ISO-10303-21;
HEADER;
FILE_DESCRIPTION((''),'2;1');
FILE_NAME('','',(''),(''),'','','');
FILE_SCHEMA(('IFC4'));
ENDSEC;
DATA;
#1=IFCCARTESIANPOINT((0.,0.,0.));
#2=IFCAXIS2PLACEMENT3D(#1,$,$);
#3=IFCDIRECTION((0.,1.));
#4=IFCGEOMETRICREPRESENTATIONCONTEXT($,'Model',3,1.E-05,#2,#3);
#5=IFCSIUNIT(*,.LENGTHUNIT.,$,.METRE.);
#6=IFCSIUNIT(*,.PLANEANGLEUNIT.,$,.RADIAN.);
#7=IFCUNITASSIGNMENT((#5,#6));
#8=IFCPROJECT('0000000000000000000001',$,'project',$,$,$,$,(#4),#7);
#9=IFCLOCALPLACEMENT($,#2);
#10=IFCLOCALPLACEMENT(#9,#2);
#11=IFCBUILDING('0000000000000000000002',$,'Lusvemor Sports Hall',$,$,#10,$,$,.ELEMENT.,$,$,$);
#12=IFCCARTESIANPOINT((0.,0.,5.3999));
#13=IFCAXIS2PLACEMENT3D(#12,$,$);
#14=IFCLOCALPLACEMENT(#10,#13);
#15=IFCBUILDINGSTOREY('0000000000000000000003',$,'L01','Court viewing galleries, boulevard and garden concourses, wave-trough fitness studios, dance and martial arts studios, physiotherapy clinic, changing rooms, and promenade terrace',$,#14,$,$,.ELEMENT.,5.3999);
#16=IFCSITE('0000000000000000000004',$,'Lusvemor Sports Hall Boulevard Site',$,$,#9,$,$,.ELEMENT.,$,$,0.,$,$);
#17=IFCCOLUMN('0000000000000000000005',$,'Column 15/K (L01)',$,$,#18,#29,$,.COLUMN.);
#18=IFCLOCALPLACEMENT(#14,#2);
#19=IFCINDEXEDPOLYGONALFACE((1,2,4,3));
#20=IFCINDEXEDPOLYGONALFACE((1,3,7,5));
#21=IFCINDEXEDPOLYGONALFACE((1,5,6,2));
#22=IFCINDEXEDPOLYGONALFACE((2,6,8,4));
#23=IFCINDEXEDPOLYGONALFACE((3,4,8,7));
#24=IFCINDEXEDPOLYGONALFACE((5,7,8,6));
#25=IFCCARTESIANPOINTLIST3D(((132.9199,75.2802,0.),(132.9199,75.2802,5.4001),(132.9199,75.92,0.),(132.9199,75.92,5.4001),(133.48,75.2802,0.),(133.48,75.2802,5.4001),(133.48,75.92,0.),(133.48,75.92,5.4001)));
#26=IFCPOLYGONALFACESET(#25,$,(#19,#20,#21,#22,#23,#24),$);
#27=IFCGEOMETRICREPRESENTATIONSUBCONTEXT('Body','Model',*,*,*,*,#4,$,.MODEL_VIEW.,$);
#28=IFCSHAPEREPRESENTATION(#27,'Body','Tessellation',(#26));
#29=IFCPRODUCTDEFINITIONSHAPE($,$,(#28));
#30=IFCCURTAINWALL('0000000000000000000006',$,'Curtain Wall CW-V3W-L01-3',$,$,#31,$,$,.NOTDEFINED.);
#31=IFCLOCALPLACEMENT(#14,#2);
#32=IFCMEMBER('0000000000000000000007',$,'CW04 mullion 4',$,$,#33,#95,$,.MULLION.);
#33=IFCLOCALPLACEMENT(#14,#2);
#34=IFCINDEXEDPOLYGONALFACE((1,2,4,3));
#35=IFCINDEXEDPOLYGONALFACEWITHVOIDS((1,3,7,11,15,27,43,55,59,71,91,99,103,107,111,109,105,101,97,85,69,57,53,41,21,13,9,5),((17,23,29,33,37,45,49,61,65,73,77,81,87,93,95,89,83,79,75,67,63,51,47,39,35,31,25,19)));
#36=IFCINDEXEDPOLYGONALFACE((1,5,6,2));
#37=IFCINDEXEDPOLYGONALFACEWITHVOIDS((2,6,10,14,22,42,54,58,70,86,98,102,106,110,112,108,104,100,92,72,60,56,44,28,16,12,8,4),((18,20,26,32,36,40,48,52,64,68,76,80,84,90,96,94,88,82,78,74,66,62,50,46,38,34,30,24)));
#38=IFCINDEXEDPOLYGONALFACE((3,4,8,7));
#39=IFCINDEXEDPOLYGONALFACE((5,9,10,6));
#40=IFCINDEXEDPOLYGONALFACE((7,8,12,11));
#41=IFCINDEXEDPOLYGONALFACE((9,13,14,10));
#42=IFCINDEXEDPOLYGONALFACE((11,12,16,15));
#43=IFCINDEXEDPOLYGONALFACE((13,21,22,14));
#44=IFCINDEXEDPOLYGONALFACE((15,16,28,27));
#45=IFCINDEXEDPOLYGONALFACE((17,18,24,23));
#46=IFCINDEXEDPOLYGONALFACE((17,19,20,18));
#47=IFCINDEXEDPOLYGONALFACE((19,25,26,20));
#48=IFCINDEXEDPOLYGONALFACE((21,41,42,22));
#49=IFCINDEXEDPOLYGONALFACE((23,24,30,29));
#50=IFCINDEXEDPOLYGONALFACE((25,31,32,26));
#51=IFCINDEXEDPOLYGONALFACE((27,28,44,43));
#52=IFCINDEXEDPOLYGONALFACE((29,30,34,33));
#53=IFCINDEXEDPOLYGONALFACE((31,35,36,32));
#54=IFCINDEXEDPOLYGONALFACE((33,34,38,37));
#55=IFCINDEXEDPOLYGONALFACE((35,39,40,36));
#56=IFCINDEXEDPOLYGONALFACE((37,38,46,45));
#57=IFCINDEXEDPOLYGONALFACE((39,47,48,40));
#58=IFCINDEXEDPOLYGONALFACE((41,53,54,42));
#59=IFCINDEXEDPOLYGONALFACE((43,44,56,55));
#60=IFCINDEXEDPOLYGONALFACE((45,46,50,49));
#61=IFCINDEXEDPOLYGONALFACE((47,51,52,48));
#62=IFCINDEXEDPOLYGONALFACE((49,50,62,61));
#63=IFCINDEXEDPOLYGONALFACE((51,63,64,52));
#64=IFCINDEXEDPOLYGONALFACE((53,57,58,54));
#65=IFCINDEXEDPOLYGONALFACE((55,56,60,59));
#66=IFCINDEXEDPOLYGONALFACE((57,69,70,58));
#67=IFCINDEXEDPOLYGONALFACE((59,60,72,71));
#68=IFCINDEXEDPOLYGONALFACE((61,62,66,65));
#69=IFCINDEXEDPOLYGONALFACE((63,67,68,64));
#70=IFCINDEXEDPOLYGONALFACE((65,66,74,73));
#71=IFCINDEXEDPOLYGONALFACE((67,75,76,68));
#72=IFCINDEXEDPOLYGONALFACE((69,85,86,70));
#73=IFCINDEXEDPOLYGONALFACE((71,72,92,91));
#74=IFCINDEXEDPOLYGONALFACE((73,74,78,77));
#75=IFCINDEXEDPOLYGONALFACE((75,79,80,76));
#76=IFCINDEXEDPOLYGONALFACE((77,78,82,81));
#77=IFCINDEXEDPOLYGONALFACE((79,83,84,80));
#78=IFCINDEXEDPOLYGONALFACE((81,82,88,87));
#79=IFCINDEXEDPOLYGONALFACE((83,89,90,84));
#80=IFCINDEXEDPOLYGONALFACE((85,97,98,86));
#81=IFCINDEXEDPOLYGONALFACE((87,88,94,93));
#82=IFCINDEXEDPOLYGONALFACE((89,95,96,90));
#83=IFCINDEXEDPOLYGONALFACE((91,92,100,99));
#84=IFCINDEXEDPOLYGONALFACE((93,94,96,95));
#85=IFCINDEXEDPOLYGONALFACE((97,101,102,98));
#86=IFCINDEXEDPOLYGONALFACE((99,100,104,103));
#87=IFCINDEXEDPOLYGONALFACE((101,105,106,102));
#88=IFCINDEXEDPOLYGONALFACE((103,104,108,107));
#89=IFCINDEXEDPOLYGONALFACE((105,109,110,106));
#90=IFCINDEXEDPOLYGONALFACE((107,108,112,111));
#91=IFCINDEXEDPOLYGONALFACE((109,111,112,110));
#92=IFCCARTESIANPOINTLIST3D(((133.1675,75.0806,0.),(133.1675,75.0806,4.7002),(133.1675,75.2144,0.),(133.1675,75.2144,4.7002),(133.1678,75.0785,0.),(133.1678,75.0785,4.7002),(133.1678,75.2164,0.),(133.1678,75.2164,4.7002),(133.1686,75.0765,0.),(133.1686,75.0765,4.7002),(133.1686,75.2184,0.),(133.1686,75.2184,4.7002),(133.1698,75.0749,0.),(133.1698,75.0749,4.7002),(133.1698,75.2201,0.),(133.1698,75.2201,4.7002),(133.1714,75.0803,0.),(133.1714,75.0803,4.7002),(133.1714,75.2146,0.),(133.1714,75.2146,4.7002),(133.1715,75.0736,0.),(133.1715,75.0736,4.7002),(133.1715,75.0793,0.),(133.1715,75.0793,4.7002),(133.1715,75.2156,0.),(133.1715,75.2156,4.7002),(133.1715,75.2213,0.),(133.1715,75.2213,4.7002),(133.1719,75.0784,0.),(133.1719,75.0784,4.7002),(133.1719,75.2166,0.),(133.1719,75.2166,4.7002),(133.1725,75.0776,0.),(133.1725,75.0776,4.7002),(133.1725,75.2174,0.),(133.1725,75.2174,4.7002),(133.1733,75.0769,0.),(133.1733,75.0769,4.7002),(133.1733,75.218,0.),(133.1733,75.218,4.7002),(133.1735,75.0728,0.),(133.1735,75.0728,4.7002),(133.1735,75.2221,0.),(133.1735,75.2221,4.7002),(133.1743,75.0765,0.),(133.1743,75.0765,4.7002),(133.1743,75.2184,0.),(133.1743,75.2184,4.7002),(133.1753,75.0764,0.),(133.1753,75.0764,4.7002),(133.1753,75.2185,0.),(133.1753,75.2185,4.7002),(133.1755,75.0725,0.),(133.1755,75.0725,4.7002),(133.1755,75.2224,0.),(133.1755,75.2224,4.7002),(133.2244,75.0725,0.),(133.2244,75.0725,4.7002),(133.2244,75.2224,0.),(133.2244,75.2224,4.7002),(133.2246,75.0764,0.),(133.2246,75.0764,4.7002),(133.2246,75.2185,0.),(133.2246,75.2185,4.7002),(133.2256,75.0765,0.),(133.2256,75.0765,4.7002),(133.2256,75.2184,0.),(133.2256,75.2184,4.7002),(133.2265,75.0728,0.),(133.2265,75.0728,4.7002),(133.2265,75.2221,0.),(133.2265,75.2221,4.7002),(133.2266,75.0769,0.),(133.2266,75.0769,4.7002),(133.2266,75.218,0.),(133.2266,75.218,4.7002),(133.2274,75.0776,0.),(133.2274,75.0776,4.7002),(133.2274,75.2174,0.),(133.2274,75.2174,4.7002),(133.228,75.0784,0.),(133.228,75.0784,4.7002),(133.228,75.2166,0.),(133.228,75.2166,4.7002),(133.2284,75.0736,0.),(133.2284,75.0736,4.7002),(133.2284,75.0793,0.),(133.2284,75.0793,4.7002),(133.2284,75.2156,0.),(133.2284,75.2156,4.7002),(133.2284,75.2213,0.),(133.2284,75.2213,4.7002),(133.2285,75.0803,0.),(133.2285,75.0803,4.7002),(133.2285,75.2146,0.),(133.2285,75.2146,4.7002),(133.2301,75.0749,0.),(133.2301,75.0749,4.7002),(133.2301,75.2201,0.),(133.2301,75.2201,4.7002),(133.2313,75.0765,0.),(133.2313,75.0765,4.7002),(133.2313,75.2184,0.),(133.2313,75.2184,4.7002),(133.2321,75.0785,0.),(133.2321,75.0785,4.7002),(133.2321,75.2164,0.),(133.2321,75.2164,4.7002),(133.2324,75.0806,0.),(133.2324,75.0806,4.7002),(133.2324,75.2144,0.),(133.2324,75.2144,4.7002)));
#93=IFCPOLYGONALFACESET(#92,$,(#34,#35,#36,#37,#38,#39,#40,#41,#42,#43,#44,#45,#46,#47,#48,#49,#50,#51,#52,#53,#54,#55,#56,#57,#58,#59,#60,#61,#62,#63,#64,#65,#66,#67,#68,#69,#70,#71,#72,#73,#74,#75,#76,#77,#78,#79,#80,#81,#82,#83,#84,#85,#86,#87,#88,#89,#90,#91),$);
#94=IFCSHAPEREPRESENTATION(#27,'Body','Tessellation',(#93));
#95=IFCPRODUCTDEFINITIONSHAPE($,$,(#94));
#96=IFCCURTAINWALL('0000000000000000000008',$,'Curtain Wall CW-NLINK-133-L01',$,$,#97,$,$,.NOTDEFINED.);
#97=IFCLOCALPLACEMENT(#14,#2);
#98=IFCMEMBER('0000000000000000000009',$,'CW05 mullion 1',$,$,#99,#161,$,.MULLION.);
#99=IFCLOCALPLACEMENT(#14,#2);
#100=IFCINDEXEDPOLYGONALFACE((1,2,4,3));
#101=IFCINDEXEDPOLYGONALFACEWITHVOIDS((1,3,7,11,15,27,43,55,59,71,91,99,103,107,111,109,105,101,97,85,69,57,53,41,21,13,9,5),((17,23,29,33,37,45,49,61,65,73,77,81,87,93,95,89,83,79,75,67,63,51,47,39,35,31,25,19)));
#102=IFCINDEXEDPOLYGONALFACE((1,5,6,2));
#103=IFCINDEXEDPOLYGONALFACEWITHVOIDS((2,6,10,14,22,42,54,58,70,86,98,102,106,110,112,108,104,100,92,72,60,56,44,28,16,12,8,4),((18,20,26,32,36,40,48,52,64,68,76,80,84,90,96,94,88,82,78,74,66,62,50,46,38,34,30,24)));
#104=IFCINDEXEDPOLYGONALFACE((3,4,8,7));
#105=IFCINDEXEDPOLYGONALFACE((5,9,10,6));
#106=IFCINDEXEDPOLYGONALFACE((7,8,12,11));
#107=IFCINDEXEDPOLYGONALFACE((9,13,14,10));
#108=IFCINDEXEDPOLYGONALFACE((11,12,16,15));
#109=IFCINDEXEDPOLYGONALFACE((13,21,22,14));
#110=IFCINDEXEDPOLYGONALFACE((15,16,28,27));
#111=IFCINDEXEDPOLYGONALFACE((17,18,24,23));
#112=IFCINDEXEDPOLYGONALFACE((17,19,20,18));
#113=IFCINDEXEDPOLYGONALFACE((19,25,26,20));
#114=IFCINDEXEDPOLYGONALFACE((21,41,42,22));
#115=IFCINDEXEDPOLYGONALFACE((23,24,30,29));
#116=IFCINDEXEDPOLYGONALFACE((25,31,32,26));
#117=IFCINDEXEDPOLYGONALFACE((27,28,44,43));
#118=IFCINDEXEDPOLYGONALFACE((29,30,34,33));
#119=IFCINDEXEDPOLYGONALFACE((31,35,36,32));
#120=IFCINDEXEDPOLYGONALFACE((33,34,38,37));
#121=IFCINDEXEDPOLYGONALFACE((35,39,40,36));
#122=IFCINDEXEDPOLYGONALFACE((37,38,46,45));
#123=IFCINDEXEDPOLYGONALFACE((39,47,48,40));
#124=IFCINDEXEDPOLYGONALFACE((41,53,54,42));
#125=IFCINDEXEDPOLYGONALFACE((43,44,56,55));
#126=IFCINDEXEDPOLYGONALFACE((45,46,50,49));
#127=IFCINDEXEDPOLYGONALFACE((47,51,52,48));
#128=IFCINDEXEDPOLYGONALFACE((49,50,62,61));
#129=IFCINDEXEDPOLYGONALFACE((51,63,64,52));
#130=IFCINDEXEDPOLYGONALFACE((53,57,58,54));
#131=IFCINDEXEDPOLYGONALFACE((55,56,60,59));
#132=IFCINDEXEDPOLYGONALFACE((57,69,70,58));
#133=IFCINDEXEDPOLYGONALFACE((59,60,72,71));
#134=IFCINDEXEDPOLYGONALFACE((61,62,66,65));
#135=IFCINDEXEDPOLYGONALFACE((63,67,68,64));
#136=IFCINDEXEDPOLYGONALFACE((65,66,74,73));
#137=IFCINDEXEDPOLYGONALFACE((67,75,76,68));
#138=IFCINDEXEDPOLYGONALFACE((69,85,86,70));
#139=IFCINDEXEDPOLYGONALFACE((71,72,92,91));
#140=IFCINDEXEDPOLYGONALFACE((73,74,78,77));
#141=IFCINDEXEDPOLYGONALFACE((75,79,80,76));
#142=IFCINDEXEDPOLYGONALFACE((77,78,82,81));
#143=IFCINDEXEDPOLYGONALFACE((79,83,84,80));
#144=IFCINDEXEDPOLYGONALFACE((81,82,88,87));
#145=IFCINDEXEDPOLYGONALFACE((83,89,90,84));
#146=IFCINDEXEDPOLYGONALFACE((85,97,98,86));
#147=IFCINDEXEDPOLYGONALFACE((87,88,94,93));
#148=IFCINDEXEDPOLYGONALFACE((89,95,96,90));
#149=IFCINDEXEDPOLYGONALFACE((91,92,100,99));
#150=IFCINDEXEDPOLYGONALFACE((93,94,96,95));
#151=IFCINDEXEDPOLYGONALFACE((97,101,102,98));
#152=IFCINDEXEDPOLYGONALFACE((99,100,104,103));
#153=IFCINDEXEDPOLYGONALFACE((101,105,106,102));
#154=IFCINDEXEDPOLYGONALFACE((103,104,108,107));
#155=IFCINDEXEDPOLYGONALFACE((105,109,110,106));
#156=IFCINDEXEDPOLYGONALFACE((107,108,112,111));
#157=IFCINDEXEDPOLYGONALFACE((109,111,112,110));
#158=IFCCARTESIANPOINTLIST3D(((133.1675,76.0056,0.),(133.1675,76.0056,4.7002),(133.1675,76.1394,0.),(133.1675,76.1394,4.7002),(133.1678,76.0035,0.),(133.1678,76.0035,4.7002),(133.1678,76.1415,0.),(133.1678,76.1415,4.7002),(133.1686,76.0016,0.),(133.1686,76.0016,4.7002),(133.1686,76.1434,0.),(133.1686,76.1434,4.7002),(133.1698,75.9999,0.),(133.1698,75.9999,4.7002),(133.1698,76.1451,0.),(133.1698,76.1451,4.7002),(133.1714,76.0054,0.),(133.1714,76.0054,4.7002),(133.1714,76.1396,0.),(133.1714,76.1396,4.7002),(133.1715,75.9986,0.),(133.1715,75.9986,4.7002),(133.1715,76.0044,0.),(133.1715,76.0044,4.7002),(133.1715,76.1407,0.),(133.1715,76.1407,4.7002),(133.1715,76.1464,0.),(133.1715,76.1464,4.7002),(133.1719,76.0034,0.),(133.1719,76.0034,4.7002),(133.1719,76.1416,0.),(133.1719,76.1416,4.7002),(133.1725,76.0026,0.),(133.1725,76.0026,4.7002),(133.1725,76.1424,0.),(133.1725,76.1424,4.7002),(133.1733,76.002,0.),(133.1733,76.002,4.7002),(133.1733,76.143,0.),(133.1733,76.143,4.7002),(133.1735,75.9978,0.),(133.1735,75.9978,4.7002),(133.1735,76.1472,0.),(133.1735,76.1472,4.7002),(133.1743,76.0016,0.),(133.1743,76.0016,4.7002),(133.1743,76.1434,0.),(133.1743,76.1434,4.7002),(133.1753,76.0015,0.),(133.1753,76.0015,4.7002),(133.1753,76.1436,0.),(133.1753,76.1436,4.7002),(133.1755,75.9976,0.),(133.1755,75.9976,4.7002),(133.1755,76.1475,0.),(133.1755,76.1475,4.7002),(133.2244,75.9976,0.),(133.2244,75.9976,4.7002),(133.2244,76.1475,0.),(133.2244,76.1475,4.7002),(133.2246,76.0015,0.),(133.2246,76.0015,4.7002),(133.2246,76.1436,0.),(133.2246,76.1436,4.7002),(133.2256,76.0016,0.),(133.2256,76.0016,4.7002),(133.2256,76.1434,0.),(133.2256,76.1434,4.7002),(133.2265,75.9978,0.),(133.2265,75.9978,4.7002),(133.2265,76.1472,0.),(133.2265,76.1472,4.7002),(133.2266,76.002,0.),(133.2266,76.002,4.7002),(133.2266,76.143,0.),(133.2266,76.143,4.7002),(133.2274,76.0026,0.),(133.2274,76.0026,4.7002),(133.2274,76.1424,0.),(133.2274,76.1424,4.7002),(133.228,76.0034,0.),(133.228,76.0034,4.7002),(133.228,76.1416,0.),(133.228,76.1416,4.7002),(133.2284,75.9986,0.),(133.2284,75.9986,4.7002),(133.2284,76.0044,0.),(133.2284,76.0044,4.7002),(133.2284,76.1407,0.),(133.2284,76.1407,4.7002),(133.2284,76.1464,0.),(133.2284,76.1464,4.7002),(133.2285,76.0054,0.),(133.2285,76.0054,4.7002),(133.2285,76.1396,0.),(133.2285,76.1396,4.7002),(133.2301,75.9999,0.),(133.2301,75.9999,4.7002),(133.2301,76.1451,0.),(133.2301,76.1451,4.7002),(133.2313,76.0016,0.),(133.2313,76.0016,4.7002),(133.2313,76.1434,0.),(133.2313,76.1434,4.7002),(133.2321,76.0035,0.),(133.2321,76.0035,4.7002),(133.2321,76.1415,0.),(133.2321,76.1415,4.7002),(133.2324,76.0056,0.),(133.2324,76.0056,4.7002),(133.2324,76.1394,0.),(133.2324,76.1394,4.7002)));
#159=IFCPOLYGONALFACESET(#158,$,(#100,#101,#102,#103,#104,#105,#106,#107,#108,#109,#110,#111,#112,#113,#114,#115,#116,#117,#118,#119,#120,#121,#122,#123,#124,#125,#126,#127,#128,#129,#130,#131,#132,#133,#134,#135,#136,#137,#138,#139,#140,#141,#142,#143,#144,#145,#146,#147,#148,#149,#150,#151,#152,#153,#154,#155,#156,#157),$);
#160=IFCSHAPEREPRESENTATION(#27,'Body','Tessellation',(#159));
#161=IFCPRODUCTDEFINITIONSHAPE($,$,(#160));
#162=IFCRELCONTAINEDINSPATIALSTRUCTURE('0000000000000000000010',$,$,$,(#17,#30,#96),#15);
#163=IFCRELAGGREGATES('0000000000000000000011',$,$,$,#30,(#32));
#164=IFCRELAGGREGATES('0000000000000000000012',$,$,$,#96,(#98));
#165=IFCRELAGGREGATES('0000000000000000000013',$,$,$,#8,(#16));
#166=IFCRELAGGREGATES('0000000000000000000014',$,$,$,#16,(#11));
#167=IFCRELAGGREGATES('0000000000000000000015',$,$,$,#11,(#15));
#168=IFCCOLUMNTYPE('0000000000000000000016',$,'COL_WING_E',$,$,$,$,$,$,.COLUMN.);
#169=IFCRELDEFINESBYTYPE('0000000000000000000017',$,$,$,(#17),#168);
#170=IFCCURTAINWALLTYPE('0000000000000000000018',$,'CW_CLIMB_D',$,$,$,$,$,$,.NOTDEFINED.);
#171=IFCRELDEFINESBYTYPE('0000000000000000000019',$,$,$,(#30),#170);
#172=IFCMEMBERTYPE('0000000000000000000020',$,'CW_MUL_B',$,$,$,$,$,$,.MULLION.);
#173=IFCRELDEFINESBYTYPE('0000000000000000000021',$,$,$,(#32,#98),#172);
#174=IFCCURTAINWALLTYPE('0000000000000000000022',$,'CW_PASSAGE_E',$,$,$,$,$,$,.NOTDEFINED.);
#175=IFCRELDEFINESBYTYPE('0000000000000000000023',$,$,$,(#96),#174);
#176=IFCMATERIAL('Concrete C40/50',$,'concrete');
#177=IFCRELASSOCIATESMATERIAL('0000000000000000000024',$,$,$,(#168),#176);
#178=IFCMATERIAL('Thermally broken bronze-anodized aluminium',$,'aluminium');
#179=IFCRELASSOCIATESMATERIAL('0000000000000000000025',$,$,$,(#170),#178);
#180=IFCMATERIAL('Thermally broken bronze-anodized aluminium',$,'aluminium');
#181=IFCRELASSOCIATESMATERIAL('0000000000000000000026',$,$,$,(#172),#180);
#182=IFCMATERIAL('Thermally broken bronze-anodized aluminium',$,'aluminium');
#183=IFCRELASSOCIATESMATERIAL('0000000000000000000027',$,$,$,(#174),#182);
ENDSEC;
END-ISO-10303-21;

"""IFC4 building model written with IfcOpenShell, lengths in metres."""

from ifc_helpers import new_model, si_unit, direction, frame, origin, origin_2d, place, context, subcontext, project, spatial, rectangle, hollow_rectangle, extrude, material, material_profile, profile_set, type_object, element, aggregate, save


model = new_model("IFC4")

# Units and contexts
model_context = context("Model", 3, precision=1e-05, world=origin(), true_north=direction((0.0, 1.0)))
body_context = subcontext(model_context, "Body", "Model", "MODEL_VIEW")
ifc_project = project(units=[si_unit("LENGTHUNIT", "METRE"), si_unit("PLANEANGLEUNIT", "RADIAN")], contexts=[model_context])

# Site, building, storey
site_placement = place(None, origin())
site = spatial("IfcSite", under=ifc_project, at=site_placement, Name="Lusvemor Sports Hall Boulevard Site", CompositionType="ELEMENT", RefElevation=0.0)
building_placement = place(site_placement, origin())
building = spatial("IfcBuilding", under=site, at=building_placement, Name="Lusvemor Sports Hall", CompositionType="ELEMENT")
storey_placement = place(building_placement, frame((0.0, 0.0, 5.3999)))
storey = spatial("IfcBuildingStorey", under=building, at=storey_placement, Name="L01", Description="Court viewing galleries, boulevard and garden concourses, wave-trough fitness studios, dance and martial arts studios, physiotherapy clinic, changing rooms, and promenade terrace", CompositionType="ELEMENT", Elevation=5.3999)

# Column
ifc_material_1 = material(Name="Concrete C40/50", Category="concrete")
ifc_material_profile_1 = material_profile(ifc_material_1, rectangle(XDim=0.5601, YDim=0.6399, at=origin_2d()), Name="RC560x640")
ifc_profile_set_1 = profile_set([ifc_material_profile_1], Name="Concrete C40/50")
column_type = type_object("IfcColumnType", Name="COL_WING_E", PredefinedType="COLUMN", material=ifc_profile_set_1)
column_placement = place(storey_placement, frame((133.2, 75.6001, 0.0), z_axis=(0.0, 0.0, 1.0), x_axis=(1.0, 0.0, 0.0)))
element("IfcColumn", 1, at=column_placement, inside=storey, type_object=column_type, Name="Column 15/K (L01)", PredefinedType="COLUMN", context=body_context, shape_type="SweptSolid", body=[
    extrude(rectangle(XDim=0.5601, YDim=0.6399, at=origin_2d()), origin(), (0.0, 0.0, 1.0), 5.4001),
])

# Curtain wall, member
ifc_material_2 = material(Name="Thermally broken bronze-anodized aluminium", Category="aluminium")
curtain_wall_type_1 = type_object("IfcCurtainWallType", Name="CW_CLIMB_D", PredefinedType="NOTDEFINED", material=ifc_material_2)
curtain_wall_1_placement = place(storey_placement, origin())
curtain_wall_1 = element("IfcCurtainWall", 2, at=curtain_wall_1_placement, inside=storey, type_object=curtain_wall_type_1, Name="Curtain Wall CW-V3W-L01-3", PredefinedType="NOTDEFINED")
ifc_material_3 = material(Name="Thermally broken bronze-anodized aluminium", Category="aluminium")
ifc_material_profile_2 = material_profile(ifc_material_3, hollow_rectangle(XDim=0.0649, YDim=0.1499, WallThickness=0.0039, InnerFilletRadius=0.0039, OuterFilletRadius=0.0081, at=origin_2d()), Name="CWMUL150x65x4")
ifc_profile_set_2 = profile_set([ifc_material_profile_2], Name="Thermally broken bronze-anodized aluminium")
member_type_1 = type_object("IfcMemberType", Name="CW_MUL_B", PredefinedType="MULLION", material=ifc_profile_set_2)
member_1_placement = place(storey_placement, frame((133.2, 75.1475, 0.0), z_axis=(0.0, 0.0, 1.0), x_axis=(-1.0, 0.0, 0.0)))
member_1 = element("IfcMember", 3, at=member_1_placement, type_object=member_type_1, Name="CW04 mullion 4", PredefinedType="MULLION", context=body_context, shape_type="SweptSolid", body=[
    extrude(hollow_rectangle(XDim=0.0649, YDim=0.1499, WallThickness=0.0039, InnerFilletRadius=0.0039, OuterFilletRadius=0.0081, at=origin_2d()), origin(), (0.0, 0.0, 1.0), 4.7002),
])

# Curtain wall, member
ifc_material_4 = material(Name="Thermally broken bronze-anodized aluminium", Category="aluminium")
curtain_wall_type_2 = type_object("IfcCurtainWallType", Name="CW_PASSAGE_E", PredefinedType="NOTDEFINED", material=ifc_material_4)
curtain_wall_2_placement = place(storey_placement, origin())
curtain_wall_2 = element("IfcCurtainWall", 4, at=curtain_wall_2_placement, inside=storey, type_object=curtain_wall_type_2, Name="Curtain Wall CW-NLINK-133-L01", PredefinedType="NOTDEFINED")
member_2_placement = place(storey_placement, frame((133.2, 76.0725, 0.0), z_axis=(0.0, 0.0, 1.0), x_axis=(-1.0, 0.0, 0.0)))
member_2 = element("IfcMember", 5, at=member_2_placement, type_object=member_type_1, Name="CW05 mullion 1", PredefinedType="MULLION", context=body_context, shape_type="SweptSolid", body=[
    extrude(hollow_rectangle(XDim=0.0649, YDim=0.1499, WallThickness=0.0039, InnerFilletRadius=0.0039, OuterFilletRadius=0.0081, at=origin_2d()), origin(), (0.0, 0.0, 1.0), 4.7002),
])

aggregate(curtain_wall_1, [member_1])
aggregate(curtain_wall_2, [member_2])

save(model, "model.ifc")
